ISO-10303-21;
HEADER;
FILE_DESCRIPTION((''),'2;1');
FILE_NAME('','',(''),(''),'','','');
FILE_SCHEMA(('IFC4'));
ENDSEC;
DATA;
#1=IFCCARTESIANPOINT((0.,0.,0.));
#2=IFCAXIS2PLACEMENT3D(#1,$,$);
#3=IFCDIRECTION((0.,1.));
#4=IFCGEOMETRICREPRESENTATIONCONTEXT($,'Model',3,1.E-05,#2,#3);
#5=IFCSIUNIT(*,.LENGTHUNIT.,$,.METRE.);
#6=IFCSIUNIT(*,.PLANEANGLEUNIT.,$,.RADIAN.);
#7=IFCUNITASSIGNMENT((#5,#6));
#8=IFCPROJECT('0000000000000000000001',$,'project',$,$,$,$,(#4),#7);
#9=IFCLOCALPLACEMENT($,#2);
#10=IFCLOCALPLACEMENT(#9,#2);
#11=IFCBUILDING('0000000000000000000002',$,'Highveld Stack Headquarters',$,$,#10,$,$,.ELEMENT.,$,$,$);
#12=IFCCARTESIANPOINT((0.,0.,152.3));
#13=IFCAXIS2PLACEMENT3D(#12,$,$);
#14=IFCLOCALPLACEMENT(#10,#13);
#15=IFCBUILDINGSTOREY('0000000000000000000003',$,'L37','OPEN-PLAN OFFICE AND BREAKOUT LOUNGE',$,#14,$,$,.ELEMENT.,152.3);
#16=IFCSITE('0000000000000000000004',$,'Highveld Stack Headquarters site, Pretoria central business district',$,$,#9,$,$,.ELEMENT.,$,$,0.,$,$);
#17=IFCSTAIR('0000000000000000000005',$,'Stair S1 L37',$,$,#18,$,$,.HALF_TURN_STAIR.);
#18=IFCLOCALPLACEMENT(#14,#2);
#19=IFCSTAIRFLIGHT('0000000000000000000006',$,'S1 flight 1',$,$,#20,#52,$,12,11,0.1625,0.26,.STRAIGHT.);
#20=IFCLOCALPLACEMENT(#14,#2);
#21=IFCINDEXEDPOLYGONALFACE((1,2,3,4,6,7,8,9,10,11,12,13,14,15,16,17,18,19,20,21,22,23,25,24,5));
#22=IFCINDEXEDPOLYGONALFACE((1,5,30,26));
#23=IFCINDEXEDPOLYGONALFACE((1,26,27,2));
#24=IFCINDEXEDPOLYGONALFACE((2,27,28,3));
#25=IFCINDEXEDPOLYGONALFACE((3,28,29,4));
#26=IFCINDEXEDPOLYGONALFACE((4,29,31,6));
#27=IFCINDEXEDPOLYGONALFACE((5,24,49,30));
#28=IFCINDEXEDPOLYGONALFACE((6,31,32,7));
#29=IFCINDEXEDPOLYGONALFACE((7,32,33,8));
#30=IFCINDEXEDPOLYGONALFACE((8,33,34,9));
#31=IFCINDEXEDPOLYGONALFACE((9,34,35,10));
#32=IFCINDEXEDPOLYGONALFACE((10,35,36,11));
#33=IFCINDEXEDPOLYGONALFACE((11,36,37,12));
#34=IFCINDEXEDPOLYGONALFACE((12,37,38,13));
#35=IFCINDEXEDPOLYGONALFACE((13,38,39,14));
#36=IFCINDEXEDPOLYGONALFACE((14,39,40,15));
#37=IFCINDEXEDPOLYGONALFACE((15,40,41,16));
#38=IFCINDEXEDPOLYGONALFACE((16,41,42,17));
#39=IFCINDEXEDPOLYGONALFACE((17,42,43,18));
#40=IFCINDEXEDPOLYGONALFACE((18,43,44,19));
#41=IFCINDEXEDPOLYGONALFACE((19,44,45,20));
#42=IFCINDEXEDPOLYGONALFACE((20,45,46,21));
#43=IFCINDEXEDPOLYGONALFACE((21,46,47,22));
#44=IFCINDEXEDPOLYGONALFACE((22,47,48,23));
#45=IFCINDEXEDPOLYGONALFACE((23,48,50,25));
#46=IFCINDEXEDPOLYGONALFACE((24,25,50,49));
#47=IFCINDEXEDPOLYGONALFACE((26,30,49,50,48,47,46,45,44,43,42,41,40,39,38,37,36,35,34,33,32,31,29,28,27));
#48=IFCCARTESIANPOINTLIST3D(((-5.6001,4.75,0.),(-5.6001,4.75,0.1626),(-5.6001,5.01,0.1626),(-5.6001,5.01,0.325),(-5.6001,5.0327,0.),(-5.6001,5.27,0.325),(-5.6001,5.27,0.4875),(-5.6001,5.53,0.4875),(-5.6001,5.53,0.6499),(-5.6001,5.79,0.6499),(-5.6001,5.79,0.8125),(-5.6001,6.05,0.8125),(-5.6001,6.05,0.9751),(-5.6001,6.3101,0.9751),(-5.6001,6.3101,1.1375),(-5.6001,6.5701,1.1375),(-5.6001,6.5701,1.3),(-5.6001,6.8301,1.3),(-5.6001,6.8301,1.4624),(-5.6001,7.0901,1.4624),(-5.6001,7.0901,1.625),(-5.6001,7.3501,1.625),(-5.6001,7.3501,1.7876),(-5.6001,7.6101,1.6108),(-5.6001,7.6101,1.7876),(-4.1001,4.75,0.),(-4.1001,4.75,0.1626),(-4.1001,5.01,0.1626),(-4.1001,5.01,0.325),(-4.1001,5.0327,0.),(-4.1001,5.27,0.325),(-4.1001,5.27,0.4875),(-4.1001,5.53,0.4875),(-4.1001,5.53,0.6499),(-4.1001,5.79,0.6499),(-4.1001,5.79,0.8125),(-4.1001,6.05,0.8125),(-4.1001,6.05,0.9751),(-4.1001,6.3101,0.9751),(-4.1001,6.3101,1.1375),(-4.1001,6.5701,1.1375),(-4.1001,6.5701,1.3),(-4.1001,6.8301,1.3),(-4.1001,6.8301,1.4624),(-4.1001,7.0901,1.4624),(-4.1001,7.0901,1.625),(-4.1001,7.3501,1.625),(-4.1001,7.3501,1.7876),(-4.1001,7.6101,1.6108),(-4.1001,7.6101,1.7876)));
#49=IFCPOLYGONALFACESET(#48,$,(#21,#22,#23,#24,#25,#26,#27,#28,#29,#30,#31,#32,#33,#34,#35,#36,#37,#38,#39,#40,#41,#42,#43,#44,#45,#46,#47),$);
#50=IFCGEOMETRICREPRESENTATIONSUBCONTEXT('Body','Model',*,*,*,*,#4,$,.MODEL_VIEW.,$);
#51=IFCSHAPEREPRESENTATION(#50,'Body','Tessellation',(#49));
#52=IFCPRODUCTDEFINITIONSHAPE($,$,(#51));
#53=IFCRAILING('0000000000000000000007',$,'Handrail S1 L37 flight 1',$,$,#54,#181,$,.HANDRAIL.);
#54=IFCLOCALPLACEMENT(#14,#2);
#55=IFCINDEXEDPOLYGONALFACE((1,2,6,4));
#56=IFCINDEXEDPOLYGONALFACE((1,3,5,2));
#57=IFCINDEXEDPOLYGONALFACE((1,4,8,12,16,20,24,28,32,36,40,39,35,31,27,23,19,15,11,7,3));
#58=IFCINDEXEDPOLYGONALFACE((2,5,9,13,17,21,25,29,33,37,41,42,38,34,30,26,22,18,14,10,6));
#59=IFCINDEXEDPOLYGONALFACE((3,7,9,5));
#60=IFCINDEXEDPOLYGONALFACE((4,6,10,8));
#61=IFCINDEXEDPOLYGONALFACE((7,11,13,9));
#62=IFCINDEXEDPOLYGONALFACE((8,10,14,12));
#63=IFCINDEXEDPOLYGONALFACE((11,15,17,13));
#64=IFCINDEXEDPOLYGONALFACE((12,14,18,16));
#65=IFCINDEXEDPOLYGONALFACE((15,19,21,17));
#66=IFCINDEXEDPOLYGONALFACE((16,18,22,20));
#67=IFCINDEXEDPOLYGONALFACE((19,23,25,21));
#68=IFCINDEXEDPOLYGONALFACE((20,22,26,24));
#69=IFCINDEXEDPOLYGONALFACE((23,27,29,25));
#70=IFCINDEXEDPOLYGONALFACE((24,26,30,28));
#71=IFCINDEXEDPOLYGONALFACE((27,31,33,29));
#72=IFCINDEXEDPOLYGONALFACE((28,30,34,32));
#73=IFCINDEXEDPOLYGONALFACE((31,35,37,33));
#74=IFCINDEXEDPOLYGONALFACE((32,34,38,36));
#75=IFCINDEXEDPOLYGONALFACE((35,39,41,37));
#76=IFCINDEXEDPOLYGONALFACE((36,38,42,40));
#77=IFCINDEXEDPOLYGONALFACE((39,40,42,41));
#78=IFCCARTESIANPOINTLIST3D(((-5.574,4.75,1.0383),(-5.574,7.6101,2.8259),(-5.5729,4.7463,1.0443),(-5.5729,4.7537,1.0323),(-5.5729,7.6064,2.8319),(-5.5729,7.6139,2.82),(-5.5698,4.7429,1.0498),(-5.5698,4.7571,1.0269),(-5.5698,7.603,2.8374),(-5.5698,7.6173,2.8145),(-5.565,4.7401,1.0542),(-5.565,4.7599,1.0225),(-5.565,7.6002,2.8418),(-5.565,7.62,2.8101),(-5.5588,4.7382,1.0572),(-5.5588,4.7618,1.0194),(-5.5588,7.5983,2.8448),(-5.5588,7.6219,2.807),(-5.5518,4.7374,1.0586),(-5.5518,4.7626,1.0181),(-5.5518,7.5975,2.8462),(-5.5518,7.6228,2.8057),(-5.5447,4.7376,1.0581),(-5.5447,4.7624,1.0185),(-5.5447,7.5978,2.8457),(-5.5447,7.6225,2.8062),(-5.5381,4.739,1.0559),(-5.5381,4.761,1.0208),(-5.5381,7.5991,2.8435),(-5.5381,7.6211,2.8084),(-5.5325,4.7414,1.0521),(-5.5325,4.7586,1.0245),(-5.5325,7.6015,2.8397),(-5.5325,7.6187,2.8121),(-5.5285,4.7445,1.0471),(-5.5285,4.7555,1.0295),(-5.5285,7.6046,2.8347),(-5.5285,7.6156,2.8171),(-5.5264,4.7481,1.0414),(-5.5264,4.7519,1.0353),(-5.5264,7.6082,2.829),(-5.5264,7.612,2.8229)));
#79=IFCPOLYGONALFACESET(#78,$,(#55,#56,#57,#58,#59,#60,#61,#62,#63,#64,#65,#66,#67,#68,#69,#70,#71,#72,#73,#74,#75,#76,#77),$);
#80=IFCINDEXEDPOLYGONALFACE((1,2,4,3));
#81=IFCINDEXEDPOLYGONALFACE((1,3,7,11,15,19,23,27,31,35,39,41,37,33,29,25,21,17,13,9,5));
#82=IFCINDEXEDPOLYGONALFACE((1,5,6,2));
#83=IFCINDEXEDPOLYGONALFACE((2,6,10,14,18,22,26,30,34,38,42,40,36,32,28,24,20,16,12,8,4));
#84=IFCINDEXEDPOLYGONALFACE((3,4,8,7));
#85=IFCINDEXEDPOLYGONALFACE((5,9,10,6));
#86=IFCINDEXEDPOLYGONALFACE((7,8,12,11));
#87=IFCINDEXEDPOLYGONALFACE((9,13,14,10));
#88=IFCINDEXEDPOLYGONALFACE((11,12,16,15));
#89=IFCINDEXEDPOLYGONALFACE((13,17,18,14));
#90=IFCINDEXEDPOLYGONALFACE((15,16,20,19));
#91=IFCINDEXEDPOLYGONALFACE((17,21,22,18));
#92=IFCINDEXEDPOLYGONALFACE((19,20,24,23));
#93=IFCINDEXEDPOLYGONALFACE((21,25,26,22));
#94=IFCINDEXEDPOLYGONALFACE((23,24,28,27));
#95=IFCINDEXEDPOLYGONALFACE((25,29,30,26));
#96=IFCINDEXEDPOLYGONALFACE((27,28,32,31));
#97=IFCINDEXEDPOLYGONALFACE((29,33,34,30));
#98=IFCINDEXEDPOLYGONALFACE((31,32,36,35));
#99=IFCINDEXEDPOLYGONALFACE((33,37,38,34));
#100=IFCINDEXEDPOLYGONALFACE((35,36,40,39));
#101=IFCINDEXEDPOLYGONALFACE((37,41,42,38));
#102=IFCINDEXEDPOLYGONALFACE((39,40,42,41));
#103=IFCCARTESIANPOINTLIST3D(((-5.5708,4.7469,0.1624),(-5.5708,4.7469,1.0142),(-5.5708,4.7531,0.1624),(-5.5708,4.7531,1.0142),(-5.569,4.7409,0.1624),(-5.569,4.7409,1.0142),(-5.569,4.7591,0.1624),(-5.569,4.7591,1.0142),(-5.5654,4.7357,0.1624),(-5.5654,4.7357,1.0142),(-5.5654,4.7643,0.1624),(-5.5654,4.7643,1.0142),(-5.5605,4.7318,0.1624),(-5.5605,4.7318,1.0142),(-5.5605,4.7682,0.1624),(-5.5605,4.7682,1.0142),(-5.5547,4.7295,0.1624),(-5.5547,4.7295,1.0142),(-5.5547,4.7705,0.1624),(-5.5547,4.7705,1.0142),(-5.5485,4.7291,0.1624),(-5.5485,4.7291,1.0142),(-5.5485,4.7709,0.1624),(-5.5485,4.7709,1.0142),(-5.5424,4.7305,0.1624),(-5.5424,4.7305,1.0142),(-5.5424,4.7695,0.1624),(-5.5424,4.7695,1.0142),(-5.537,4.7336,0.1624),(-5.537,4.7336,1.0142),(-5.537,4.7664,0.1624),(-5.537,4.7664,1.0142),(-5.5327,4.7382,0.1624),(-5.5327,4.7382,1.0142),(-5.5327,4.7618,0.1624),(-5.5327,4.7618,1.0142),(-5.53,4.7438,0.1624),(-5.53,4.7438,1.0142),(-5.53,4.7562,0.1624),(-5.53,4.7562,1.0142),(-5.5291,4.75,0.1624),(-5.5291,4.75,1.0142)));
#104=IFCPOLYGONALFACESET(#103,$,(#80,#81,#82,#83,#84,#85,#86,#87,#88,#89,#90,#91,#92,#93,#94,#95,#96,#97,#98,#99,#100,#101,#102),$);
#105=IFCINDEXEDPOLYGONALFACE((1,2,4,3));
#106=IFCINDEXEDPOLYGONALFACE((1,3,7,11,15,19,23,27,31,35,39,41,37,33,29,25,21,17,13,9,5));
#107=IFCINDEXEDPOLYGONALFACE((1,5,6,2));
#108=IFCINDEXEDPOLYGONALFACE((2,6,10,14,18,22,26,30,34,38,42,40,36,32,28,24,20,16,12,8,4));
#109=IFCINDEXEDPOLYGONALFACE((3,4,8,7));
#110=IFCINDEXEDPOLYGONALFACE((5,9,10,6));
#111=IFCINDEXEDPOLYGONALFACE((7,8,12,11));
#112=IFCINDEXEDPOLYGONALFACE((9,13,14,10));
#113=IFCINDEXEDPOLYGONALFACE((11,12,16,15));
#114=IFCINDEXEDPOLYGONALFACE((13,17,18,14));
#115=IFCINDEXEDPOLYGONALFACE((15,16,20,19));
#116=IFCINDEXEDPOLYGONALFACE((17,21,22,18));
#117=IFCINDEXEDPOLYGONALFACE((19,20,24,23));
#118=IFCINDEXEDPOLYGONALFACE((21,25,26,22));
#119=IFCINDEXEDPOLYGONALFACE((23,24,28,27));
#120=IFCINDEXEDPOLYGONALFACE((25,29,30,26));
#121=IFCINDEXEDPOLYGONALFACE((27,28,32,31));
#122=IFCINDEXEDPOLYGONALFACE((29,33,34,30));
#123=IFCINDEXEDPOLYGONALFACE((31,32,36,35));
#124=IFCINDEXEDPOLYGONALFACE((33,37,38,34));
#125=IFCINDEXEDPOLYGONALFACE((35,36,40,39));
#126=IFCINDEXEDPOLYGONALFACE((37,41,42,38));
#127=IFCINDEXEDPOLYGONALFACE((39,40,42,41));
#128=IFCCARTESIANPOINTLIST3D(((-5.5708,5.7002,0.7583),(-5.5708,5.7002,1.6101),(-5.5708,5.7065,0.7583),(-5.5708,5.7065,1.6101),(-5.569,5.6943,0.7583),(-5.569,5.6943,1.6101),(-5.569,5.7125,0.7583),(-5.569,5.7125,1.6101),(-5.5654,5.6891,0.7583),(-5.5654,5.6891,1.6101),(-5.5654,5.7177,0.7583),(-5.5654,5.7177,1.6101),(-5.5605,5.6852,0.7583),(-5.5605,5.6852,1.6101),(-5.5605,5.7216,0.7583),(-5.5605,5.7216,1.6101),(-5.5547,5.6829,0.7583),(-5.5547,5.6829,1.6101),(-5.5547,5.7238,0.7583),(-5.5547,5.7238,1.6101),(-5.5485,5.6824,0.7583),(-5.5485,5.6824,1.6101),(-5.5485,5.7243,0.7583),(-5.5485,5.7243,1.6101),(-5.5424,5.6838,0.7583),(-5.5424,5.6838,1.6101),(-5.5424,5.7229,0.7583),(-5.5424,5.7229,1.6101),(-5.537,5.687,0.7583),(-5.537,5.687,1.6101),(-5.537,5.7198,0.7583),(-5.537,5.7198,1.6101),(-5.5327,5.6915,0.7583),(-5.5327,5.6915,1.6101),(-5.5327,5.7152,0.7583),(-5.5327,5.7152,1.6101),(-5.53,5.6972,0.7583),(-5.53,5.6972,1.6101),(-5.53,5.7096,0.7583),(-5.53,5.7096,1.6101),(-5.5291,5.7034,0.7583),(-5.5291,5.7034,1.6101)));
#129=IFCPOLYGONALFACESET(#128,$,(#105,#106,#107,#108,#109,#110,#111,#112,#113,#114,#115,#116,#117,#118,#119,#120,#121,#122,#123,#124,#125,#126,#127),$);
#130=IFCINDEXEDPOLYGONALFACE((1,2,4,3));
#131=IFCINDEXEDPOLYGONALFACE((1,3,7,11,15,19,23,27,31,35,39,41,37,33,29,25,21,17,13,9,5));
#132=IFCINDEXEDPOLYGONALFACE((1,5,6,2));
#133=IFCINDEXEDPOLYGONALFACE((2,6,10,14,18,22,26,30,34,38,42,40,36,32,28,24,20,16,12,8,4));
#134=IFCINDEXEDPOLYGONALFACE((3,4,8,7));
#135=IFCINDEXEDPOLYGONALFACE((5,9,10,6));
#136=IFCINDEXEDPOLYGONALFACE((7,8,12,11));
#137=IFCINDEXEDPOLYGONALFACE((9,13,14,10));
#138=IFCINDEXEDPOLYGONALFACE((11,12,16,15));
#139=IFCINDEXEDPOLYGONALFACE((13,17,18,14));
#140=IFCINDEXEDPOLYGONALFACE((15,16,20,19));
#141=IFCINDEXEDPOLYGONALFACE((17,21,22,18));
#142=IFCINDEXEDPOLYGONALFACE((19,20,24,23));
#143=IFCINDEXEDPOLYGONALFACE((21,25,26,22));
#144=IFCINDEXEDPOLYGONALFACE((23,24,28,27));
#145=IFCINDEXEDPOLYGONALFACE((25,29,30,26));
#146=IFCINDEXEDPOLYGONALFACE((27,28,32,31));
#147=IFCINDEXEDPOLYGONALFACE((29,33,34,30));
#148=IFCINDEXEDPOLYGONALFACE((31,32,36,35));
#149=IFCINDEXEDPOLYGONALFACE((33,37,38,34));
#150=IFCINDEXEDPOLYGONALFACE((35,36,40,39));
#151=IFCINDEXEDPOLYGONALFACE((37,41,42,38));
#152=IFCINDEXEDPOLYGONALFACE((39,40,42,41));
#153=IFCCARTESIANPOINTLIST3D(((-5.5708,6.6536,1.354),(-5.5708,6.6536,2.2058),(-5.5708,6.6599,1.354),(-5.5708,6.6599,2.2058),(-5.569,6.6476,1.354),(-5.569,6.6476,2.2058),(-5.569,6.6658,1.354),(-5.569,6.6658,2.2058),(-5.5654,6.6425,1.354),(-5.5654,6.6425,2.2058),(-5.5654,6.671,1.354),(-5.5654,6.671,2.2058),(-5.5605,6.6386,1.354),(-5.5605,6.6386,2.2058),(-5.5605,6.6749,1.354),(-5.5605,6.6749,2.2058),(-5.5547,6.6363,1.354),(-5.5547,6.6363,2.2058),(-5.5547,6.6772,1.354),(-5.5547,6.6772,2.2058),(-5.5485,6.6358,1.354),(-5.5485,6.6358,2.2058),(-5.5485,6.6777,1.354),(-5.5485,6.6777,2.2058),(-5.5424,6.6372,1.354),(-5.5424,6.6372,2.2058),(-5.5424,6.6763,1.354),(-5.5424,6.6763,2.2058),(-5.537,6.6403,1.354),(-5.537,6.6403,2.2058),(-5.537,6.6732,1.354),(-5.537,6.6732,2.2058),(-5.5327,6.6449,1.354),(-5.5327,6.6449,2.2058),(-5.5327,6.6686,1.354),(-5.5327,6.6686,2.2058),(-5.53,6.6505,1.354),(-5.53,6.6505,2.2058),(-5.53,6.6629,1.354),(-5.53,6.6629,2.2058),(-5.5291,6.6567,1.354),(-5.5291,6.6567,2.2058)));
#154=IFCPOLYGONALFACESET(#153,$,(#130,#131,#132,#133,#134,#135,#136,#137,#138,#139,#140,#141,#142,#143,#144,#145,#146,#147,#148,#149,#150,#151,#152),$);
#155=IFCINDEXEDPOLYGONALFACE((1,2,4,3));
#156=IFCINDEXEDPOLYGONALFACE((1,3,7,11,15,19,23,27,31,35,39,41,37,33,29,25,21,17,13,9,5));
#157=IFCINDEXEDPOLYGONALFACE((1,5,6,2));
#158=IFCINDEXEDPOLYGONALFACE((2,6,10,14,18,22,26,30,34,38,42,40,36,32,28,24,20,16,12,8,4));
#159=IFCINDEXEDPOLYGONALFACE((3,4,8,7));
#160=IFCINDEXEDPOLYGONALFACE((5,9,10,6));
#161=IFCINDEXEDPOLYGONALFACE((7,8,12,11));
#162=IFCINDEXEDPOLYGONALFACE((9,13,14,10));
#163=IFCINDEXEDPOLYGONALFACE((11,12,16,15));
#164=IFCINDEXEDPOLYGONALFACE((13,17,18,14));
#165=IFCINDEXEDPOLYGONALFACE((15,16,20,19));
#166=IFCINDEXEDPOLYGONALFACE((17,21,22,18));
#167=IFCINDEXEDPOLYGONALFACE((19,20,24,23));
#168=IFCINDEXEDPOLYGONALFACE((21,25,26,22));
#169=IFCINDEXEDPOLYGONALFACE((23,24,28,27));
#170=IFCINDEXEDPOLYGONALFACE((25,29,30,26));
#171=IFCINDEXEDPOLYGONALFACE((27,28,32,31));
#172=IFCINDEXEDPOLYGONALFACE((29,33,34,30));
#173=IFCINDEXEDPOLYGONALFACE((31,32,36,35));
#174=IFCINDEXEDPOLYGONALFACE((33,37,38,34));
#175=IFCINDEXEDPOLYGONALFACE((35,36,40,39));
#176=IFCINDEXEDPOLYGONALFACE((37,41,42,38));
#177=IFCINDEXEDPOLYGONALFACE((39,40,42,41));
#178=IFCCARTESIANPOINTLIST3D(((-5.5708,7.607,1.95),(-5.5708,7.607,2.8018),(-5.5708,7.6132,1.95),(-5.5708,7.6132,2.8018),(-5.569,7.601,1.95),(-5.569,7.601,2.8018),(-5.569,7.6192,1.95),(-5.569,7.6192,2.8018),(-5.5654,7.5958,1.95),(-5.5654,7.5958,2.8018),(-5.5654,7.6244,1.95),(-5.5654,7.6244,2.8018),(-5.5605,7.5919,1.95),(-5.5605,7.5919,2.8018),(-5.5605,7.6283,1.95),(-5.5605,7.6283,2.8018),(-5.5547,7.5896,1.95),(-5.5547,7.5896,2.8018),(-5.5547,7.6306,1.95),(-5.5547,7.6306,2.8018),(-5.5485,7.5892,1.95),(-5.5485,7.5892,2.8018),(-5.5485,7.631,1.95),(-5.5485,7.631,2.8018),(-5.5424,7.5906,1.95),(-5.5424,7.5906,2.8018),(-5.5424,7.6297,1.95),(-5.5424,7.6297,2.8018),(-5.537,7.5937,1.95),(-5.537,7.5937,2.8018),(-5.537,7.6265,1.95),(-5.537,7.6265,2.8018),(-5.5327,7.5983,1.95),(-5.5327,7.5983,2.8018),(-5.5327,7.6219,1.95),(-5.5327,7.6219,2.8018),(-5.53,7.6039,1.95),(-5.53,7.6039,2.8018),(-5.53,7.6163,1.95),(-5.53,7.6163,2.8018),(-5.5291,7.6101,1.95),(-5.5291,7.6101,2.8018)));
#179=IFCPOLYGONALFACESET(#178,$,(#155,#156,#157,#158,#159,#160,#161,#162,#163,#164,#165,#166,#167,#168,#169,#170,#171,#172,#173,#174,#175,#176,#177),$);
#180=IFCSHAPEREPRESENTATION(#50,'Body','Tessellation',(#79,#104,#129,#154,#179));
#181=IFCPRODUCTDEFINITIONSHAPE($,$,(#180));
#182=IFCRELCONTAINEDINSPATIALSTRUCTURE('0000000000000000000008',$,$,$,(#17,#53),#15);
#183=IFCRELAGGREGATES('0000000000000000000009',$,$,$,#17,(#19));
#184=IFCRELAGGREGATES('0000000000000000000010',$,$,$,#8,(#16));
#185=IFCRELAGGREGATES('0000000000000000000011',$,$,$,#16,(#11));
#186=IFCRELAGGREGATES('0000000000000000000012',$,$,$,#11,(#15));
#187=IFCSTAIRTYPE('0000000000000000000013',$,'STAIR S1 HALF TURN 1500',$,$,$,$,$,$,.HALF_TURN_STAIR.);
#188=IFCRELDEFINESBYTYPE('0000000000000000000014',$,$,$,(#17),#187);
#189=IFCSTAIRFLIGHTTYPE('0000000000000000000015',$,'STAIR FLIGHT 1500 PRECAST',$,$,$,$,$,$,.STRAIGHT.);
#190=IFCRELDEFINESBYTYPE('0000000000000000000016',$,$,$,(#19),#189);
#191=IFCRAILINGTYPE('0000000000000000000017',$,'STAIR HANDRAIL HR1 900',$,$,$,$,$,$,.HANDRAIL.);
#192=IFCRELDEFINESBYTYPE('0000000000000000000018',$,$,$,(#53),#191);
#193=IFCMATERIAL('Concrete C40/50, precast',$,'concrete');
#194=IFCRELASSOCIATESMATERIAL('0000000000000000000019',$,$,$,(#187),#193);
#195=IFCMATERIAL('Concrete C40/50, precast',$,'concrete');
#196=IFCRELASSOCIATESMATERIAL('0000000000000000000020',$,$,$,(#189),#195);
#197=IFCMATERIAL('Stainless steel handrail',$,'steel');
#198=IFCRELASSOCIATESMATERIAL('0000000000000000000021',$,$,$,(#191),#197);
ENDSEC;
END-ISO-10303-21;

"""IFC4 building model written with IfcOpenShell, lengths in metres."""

from ifc_helpers import new_model, si_unit, direction, frame, origin, origin_2d, place, context, subcontext, project, spatial, polyline, circle, outline, extrude, material, type_object, element, aggregate, save


model = new_model("IFC4")

# Units and contexts
model_context = context("Model", 3, precision=1e-05, world=origin(), true_north=direction((0.0, 1.0)))
body_context = subcontext(model_context, "Body", "Model", "MODEL_VIEW")
ifc_project = project(units=[si_unit("LENGTHUNIT", "METRE"), si_unit("PLANEANGLEUNIT", "RADIAN")], contexts=[model_context])

# Site, building, storey
site_placement = place(None, origin())
site = spatial("IfcSite", under=ifc_project, at=site_placement, Name="Highveld Stack Headquarters site, Pretoria central business district", CompositionType="ELEMENT", RefElevation=0.0)
building_placement = place(site_placement, origin())
building = spatial("IfcBuilding", under=site, at=building_placement, Name="Highveld Stack Headquarters", CompositionType="ELEMENT")
storey_placement = place(building_placement, frame((0.0, 0.0, 152.3)))
storey = spatial("IfcBuildingStorey", under=building, at=storey_placement, Name="L37", Description="OPEN-PLAN OFFICE AND BREAKOUT LOUNGE", CompositionType="ELEMENT", Elevation=152.3)

# Stair, stair flight
ifc_material_1 = material(Name="Concrete C40/50, precast", Category="concrete")
stair_type_1 = type_object("IfcStairType", Name="STAIR S1 HALF TURN 1500", PredefinedType="HALF_TURN_STAIR", material=ifc_material_1)
stair_1_placement = place(storey_placement, origin())
stair_1 = element("IfcStair", 1, at=stair_1_placement, inside=storey, type_object=stair_type_1, Name="Stair S1 L37", PredefinedType="HALF_TURN_STAIR")
ifc_material_2 = material(Name="Concrete C40/50, precast", Category="concrete")
stair_flight_type = type_object("IfcStairFlightType", Name="STAIR FLIGHT 1500 PRECAST", PredefinedType="STRAIGHT", material=ifc_material_2)
stair_flight_placement = place(storey_placement, frame((-4.8501, 4.75, 0.0), z_axis=(0.0, 0.0, 1.0), x_axis=(0.0, 1.0, 0.0)))
stair_flight = element("IfcStairFlight", 2, at=stair_flight_placement, type_object=stair_flight_type, Name="S1 flight 1", NumberOfRisers=12, NumberOfTreads=11, PredefinedType="STRAIGHT", RiserHeight=0.1625, TreadLength=0.26, context=body_context, shape_type="SweptSolid", body=[
    extrude(outline(polyline([(0.0, 0.0), (0.0, 0.1626), (0.26, 0.1626), (0.26, 0.325), (0.52, 0.325), (0.52, 0.4875), (0.78, 0.4875), (0.78, 0.6499), (1.04, 0.6499), (1.04, 0.8125), (1.3, 0.8125), (1.3, 0.9751), (1.5601, 0.9751), (1.5601, 1.1375), (1.8201, 1.1375), (1.8201, 1.3), (2.0801, 1.3), (2.0801, 1.4624), (2.3401, 1.4624), (2.3401, 1.625), (2.6001, 1.625), (2.6001, 1.7876), (2.8601, 1.7876), (2.8601, 1.95), (2.8601, 1.6108), (0.2827, 0.0), (0.0, 0.0)])), frame((0.0, 0.75, 0.0), z_axis=(0.0, -1.0, 0.0), x_axis=(1.0, 0.0, 0.0)), (0.0, 0.0, 1.0), 1.5),
])
aggregate(stair_1, [stair_flight])

# Railing
ifc_material_3 = material(Name="Stainless steel handrail", Category="steel")
railing_type = type_object("IfcRailingType", Name="STAIR HANDRAIL HR1 900", PredefinedType="HANDRAIL", material=ifc_material_3)
for number, where, name in (
    (3, (-5.55, 4.75, 0.1624), "Handrail S1 L37 flight 1"),
):
    element("IfcRailing", number, at=place(storey_placement, frame(where)), inside=storey, type_object=railing_type, Name=name, PredefinedType="HANDRAIL", context=body_context, shape_type="SweptSolid", body=[
        extrude(circle(Radius=0.0239, at=origin_2d()), frame((0.0, 0.0, 0.876), z_axis=(0.0, 0.847994, 0.530005), x_axis=(-1.0, 0.0, 0.0)), (0.0, 0.0, 1.0), 3.3728),
        extrude(circle(Radius=0.021, at=origin_2d()), origin(), (0.0, 0.0, 1.0), 0.8518),
        extrude(circle(Radius=0.021, at=origin_2d()), frame((0.0, 0.9534, 0.5959)), (0.0, 0.0, 1.0), 0.8518),
        extrude(circle(Radius=0.021, at=origin_2d()), frame((0.0, 1.9067, 1.1917)), (0.0, 0.0, 1.0), 0.8518),
        extrude(circle(Radius=0.021, at=origin_2d()), frame((0.0, 2.8601, 1.7876)), (0.0, 0.0, 1.0), 0.8518),
    ])

save(model, "model.ifc")
